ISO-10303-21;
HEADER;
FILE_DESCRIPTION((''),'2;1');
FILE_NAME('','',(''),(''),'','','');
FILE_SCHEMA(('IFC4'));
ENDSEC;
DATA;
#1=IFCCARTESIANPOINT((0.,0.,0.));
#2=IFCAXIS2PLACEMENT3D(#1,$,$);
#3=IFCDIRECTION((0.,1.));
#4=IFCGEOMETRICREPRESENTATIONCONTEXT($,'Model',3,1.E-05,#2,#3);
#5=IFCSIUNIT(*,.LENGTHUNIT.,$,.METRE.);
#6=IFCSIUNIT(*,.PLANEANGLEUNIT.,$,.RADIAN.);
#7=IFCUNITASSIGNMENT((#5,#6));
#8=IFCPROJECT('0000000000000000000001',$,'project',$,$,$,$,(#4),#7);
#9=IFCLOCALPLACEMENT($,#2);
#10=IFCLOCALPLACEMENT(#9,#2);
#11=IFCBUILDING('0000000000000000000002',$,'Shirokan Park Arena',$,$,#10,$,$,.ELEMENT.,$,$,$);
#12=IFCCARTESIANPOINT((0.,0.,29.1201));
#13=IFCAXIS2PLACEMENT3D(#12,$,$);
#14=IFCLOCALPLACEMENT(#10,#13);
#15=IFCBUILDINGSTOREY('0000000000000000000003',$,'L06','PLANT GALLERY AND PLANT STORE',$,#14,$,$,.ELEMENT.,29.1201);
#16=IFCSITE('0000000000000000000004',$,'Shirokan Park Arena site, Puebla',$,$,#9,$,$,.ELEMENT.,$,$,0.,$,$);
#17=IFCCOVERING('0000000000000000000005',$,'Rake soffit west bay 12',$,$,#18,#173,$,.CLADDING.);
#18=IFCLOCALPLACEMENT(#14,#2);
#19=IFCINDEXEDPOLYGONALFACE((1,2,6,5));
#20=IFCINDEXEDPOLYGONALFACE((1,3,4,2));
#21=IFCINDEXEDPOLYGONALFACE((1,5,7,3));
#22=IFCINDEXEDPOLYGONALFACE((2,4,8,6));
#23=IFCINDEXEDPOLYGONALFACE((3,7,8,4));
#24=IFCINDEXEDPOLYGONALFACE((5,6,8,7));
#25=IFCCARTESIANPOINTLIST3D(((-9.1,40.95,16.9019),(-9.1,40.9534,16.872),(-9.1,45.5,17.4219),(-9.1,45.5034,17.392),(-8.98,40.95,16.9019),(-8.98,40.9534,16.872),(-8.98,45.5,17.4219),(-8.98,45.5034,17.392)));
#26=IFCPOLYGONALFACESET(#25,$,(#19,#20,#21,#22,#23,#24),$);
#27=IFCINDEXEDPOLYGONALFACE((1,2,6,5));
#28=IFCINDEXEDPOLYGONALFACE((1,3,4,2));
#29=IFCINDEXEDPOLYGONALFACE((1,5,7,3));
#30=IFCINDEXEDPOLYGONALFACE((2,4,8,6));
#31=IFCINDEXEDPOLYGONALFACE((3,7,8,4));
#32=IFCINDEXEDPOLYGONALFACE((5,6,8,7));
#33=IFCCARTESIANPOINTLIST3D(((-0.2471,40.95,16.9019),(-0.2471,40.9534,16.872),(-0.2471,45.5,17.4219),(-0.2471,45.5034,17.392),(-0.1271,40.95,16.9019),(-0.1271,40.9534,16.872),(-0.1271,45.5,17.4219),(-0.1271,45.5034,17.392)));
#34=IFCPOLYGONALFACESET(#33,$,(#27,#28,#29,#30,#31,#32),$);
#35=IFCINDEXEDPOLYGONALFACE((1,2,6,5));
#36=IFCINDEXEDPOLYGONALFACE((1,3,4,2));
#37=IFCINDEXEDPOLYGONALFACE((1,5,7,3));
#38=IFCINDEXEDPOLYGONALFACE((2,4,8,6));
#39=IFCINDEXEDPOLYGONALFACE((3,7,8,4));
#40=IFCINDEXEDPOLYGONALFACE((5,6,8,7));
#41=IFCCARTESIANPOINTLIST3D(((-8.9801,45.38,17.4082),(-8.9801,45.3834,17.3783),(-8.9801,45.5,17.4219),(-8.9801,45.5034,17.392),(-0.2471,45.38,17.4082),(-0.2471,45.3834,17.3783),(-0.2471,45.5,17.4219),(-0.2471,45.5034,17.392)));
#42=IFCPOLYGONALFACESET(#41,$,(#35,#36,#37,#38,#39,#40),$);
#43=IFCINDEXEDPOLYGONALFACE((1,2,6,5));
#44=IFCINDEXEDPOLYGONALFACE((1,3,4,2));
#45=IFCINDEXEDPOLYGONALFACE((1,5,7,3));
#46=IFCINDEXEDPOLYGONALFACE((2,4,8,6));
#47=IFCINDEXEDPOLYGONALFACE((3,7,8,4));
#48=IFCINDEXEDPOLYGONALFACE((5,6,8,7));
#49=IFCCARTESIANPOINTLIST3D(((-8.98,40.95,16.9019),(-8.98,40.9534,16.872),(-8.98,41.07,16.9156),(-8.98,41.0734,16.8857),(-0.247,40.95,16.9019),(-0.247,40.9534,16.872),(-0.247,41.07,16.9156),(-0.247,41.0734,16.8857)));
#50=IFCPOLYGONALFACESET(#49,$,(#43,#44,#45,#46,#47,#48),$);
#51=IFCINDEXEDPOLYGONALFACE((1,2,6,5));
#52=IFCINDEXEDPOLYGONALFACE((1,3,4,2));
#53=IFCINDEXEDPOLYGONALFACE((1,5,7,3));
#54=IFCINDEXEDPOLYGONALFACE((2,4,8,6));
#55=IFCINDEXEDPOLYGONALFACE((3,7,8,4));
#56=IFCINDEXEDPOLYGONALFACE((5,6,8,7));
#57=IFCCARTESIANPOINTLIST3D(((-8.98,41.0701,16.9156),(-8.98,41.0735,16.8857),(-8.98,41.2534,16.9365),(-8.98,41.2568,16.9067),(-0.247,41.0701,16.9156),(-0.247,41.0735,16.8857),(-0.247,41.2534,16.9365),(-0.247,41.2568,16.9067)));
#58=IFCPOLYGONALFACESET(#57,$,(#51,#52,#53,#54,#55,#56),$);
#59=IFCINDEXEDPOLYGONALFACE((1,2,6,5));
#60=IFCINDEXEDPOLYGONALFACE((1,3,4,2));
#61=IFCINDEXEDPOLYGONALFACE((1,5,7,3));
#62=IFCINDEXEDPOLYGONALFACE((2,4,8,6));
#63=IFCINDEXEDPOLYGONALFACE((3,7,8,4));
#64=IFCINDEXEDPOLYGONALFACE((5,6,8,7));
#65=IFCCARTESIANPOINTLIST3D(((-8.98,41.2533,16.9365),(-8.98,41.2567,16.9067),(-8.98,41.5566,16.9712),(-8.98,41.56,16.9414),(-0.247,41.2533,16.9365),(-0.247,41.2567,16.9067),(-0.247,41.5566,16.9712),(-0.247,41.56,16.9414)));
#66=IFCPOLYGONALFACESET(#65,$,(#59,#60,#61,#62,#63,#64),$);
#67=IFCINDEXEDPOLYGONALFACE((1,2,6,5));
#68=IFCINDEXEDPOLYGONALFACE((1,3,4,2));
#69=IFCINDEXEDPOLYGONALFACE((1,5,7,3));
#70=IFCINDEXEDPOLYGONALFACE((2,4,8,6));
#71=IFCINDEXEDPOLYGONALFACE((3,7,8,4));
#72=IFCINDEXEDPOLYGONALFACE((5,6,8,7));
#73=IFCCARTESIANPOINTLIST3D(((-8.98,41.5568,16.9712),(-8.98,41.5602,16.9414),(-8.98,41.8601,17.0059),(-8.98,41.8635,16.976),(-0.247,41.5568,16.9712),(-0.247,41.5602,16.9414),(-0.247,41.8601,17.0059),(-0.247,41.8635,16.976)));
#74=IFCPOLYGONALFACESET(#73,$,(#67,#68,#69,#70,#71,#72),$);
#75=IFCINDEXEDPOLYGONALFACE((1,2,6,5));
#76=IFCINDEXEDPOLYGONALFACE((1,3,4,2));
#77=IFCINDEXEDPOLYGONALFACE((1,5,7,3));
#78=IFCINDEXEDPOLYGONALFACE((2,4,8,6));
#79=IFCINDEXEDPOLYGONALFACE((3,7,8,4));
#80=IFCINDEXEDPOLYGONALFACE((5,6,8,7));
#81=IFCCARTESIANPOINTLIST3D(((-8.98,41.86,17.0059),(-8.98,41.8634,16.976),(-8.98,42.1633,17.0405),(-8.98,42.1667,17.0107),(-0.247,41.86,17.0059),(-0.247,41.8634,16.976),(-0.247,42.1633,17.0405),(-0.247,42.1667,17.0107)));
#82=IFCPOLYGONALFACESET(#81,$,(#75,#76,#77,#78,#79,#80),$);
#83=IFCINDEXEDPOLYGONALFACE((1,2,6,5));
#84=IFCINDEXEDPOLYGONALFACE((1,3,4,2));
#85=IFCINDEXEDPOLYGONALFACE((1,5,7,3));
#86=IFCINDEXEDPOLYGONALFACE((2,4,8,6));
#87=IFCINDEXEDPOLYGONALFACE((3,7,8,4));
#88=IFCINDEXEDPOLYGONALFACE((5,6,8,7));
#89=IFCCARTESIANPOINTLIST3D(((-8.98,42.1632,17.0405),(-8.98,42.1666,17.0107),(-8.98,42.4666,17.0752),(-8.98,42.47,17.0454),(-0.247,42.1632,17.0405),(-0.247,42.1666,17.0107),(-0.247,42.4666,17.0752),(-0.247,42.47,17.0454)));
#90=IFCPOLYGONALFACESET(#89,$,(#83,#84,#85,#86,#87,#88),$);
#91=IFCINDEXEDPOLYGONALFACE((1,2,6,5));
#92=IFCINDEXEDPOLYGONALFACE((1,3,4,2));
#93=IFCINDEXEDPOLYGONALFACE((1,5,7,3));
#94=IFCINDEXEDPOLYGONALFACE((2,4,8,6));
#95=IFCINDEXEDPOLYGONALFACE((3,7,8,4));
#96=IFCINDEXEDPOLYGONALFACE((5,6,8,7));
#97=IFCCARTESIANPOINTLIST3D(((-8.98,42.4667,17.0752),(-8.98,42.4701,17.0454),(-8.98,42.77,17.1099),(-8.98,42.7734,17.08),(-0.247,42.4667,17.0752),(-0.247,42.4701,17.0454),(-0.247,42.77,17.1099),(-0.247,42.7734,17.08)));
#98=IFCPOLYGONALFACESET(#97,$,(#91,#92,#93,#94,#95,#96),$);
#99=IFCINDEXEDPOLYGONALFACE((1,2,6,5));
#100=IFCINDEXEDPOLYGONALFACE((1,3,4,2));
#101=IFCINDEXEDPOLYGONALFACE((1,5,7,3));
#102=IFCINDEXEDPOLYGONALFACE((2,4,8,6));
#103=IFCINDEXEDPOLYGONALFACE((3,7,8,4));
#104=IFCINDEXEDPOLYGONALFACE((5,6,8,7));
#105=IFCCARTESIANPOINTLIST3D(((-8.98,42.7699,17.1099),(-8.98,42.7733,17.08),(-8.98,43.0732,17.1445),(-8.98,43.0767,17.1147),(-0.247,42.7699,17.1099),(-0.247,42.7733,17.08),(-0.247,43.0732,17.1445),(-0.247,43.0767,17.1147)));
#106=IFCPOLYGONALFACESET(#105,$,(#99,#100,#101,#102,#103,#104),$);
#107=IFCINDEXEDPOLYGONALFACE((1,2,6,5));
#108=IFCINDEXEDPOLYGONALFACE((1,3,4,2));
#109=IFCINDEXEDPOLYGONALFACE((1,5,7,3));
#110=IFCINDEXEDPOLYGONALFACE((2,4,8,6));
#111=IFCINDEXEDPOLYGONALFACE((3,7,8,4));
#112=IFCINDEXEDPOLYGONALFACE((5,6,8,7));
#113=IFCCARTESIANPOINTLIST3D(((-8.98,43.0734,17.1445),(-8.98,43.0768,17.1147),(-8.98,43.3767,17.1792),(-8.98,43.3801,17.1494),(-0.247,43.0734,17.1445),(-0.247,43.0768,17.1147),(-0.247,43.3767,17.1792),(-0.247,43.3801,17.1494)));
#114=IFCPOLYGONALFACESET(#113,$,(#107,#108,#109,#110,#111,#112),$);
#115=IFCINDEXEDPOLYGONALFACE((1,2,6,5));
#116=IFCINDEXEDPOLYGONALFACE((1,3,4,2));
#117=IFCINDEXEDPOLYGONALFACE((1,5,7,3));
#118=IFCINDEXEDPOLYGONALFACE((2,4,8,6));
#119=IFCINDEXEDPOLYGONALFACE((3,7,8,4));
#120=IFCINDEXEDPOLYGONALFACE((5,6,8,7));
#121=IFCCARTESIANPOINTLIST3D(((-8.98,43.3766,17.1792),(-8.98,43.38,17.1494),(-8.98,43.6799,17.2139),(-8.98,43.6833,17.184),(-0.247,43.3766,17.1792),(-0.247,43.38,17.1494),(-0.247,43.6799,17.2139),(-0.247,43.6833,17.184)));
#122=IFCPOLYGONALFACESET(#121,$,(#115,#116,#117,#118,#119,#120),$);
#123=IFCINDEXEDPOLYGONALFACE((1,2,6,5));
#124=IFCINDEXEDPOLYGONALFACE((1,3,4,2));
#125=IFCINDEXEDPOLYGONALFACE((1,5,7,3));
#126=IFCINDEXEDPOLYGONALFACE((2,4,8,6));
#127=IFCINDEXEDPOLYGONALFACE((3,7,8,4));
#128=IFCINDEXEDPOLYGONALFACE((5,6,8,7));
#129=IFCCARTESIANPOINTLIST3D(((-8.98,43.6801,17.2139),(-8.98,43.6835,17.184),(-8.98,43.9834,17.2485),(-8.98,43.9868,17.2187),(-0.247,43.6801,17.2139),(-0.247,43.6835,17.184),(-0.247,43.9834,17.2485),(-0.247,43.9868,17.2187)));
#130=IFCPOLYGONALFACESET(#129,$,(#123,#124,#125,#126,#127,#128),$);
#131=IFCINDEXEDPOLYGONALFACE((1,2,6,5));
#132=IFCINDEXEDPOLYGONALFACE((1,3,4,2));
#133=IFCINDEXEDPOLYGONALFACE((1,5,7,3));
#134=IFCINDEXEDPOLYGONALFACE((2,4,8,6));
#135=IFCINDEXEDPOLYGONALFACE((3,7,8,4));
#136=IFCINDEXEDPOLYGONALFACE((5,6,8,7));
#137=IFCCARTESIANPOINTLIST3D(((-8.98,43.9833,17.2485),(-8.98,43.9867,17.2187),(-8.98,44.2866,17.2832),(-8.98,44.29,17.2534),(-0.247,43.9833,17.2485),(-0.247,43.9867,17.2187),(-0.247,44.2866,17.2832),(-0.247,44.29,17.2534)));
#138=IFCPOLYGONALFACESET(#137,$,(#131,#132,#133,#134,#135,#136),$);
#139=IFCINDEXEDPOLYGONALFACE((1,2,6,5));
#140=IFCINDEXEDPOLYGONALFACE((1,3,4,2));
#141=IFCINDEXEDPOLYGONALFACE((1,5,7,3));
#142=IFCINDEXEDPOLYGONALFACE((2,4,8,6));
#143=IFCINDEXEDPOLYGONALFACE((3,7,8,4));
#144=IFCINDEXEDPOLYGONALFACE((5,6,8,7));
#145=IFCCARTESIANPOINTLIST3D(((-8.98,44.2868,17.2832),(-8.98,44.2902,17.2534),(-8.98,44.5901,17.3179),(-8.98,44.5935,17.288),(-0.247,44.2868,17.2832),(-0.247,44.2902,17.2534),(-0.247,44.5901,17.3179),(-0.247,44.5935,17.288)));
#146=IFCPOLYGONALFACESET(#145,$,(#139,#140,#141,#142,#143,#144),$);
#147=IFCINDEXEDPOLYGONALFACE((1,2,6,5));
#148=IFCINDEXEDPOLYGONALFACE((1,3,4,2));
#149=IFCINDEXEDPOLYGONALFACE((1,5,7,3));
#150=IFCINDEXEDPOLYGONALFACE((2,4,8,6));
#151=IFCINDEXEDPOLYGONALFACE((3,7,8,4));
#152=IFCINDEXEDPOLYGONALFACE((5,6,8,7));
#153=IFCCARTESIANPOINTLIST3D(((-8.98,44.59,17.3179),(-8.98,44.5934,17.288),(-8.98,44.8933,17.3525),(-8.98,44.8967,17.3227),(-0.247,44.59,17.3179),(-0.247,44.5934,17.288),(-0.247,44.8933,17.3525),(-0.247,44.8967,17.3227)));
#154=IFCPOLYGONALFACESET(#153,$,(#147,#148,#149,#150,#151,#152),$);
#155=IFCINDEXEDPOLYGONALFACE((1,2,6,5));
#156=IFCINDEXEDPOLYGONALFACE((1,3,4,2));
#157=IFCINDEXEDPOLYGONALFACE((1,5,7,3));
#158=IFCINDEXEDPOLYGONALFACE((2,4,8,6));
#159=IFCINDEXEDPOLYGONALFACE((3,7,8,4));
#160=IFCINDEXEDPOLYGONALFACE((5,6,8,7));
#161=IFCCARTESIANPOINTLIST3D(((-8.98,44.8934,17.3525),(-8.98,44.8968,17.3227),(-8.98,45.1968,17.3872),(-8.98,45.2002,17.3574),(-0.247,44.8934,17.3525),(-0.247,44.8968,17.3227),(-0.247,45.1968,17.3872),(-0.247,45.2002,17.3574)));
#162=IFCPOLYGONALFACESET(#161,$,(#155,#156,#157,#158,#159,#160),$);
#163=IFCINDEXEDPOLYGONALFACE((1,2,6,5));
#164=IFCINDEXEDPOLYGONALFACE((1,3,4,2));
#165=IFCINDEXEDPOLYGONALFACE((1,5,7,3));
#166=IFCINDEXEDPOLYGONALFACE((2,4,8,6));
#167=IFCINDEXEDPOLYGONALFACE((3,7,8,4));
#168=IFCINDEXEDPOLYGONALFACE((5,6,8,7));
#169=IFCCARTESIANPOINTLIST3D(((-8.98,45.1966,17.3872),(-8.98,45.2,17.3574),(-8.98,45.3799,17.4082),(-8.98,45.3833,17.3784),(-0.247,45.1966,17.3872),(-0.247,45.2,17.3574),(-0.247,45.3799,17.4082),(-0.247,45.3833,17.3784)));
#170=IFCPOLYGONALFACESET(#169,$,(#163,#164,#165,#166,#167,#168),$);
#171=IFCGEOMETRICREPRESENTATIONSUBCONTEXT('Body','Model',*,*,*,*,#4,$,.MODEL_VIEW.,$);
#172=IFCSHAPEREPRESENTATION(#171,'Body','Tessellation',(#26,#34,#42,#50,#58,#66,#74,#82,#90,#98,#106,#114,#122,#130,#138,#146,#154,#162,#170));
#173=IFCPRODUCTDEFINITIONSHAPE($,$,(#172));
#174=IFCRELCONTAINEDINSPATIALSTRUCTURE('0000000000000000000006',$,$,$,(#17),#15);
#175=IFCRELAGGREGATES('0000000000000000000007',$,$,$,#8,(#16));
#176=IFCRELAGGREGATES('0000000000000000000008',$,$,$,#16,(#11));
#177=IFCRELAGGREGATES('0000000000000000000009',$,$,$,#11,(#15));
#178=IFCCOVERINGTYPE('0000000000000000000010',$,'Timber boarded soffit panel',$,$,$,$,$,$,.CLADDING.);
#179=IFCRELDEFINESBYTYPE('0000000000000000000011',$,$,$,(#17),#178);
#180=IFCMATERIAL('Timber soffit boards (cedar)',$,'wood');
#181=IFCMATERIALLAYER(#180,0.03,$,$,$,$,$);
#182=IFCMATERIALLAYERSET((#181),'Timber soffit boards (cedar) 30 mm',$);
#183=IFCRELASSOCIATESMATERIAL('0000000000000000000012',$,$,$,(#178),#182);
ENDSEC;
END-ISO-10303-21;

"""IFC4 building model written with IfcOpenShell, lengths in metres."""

from ifc_helpers import new_model, si_unit, direction, frame, origin, place, context, subcontext, project, spatial, polyline, outline, extrude, material, layer, layer_set, type_object, element, save


model = new_model("IFC4")

# Units and contexts
model_context = context("Model", 3, precision=1e-05, world=origin(), true_north=direction((0.0, 1.0)))
body_context = subcontext(model_context, "Body", "Model", "MODEL_VIEW")
ifc_project = project(units=[si_unit("LENGTHUNIT", "METRE"), si_unit("PLANEANGLEUNIT", "RADIAN")], contexts=[model_context])

# Site, building, storey
site_placement = place(None, origin())
site = spatial("IfcSite", under=ifc_project, at=site_placement, Name="Shirokan Park Arena site, Puebla", CompositionType="ELEMENT", RefElevation=0.0)
building_placement = place(site_placement, origin())
building = spatial("IfcBuilding", under=site, at=building_placement, Name="Shirokan Park Arena", CompositionType="ELEMENT")
storey_placement = place(building_placement, frame((0.0, 0.0, 29.1201)))
storey = spatial("IfcBuildingStorey", under=building, at=storey_placement, Name="L06", Description="PLANT GALLERY AND PLANT STORE", CompositionType="ELEMENT", Elevation=29.1201)

# Covering
ifc_material = material(Name="Timber soffit boards (cedar)", Category="wood")
ifc_layer = layer(ifc_material, 0.03)
ifc_layer_set = layer_set([ifc_layer], Name="Timber soffit boards (cedar) 30 mm")
covering_type = type_object("IfcCoveringType", Name="Timber boarded soffit panel", PredefinedType="CLADDING", material=ifc_layer_set)
covering_1_placement = place(storey_placement, origin())
element("IfcCovering", 1, at=covering_1_placement, inside=storey, type_object=covering_type, Name="Rake soffit west bay 12", PredefinedType="CLADDING", context=body_context, shape_type="SweptSolid", body=[
    extrude(outline(polyline([(0.0, 0.0), (0.12, 0.0), (0.12, -4.5796), (0.0, -4.5796), (0.0, 0.0)])), frame((-8.98, 40.95, 16.9019), z_axis=(0.0, -0.113547, 0.993533), x_axis=(-1.0, 0.0, 0.0)), (0.0, 0.0, -1.0), 0.03),
    extrude(outline(polyline([(0.0, 0.0), (0.12, 0.0), (0.12, -4.5796), (0.0, -4.5796), (0.0, 0.0)])), frame((-0.2471, 45.5, 17.4219), z_axis=(0.0, -0.113547, 0.993533), x_axis=(1.0, 0.0, 0.0)), (0.0, 0.0, -1.0), 0.03),
    extrude(outline(polyline([(0.0, 0.0), (0.1208, 0.0), (0.1208, -8.733), (0.0, -8.733), (0.0, 0.0)])), frame((-0.2471, 45.5, 17.4219), z_axis=(0.0, -0.113512, 0.993537), x_axis=(0.0, -0.993537, -0.113512)), (0.0, 0.0, -1.0), 0.03),
    extrude(outline(polyline([(0.0, 0.0), (0.1208, 0.0), (0.1208, -8.733), (0.0, -8.733), (0.0, 0.0)])), frame((-8.98, 40.95, 16.9019), z_axis=(0.0, -0.113512, 0.993537), x_axis=(0.0, 0.993537, 0.113512)), (0.0, 0.0, -1.0), 0.03),
    extrude(outline(polyline([(0.0, 0.0), (8.733, 0.0), (8.733, -0.1845), (0.0, -0.1845), (0.0, 0.0)])), frame((-8.98, 41.2534, 16.9365), z_axis=(0.0, -0.113589, 0.993528), x_axis=(1.0, 0.0, 0.0)), (0.0, 0.0, -1.0), 0.03),
    extrude(outline(polyline([(0.0, 0.0), (8.733, 0.0), (8.733, -0.3053), (0.0, -0.3053), (0.0, 0.0)])), frame((-8.98, 41.5566, 16.9712), z_axis=(0.0, -0.113523, 0.993535), x_axis=(1.0, 0.0, 0.0)), (0.0, 0.0, -1.0), 0.03),
    extrude(outline(polyline([(0.0, 0.0), (8.733, 0.0), (8.733, -0.3053), (0.0, -0.3053), (0.0, 0.0)])), frame((-8.98, 41.8601, 17.0059), z_axis=(0.0, -0.113559, 0.993531), x_axis=(1.0, 0.0, 0.0)), (0.0, 0.0, -1.0), 0.03),
    extrude(outline(polyline([(0.0, 0.0), (8.733, 0.0), (8.733, -0.3053), (0.0, -0.3053), (0.0, 0.0)])), frame((-8.98, 42.1633, 17.0405), z_axis=(0.0, -0.113559, 0.993531), x_axis=(1.0, 0.0, 0.0)), (0.0, 0.0, -1.0), 0.03),
    extrude(outline(polyline([(0.0, 0.0), (8.733, 0.0), (8.733, -0.3053), (0.0, -0.3053), (0.0, 0.0)])), frame((-8.98, 42.4666, 17.0752), z_axis=(0.0, -0.113523, 0.993535), x_axis=(1.0, 0.0, 0.0)), (0.0, 0.0, -1.0), 0.03),
    extrude(outline(polyline([(0.0, 0.0), (8.733, 0.0), (8.733, -0.3053), (0.0, -0.3053), (0.0, 0.0)])), frame((-8.98, 42.77, 17.1099), z_axis=(0.0, -0.113559, 0.993531), x_axis=(1.0, 0.0, 0.0)), (0.0, 0.0, -1.0), 0.03),
    extrude(outline(polyline([(0.0, 0.0), (8.733, 0.0), (8.733, -0.3053), (0.0, -0.3053), (0.0, 0.0)])), frame((-8.98, 43.0732, 17.1445), z_axis=(0.0, -0.113559, 0.993531), x_axis=(1.0, 0.0, 0.0)), (0.0, 0.0, -1.0), 0.03),
    extrude(outline(polyline([(0.0, 0.0), (8.733, 0.0), (8.733, -0.3053), (0.0, -0.3053), (0.0, 0.0)])), frame((-8.98, 43.3767, 17.1792), z_axis=(0.0, -0.113523, 0.993535), x_axis=(1.0, 0.0, 0.0)), (0.0, 0.0, -1.0), 0.03),
    extrude(outline(polyline([(0.0, 0.0), (8.733, 0.0), (8.733, -0.3053), (0.0, -0.3053), (0.0, 0.0)])), frame((-8.98, 43.6799, 17.2139), z_axis=(0.0, -0.113559, 0.993531), x_axis=(1.0, 0.0, 0.0)), (0.0, 0.0, -1.0), 0.03),
    extrude(outline(polyline([(0.0, 0.0), (8.733, 0.0), (8.733, -0.3053), (0.0, -0.3053), (0.0, 0.0)])), frame((-8.98, 43.9834, 17.2485), z_axis=(0.0, -0.113559, 0.993531), x_axis=(1.0, 0.0, 0.0)), (0.0, 0.0, -1.0), 0.03),
    extrude(outline(polyline([(0.0, 0.0), (8.733, 0.0), (8.733, -0.3053), (0.0, -0.3053), (0.0, 0.0)])), frame((-8.98, 44.2866, 17.2832), z_axis=(0.0, -0.113523, 0.993535), x_axis=(1.0, 0.0, 0.0)), (0.0, 0.0, -1.0), 0.03),
    extrude(outline(polyline([(0.0, 0.0), (8.733, 0.0), (8.733, -0.3053), (0.0, -0.3053), (0.0, 0.0)])), frame((-8.98, 44.5901, 17.3179), z_axis=(0.0, -0.113559, 0.993531), x_axis=(1.0, 0.0, 0.0)), (0.0, 0.0, -1.0), 0.03),
    extrude(outline(polyline([(0.0, 0.0), (8.733, 0.0), (8.733, -0.3053), (0.0, -0.3053), (0.0, 0.0)])), frame((-8.98, 44.8933, 17.3525), z_axis=(0.0, -0.113559, 0.993531), x_axis=(1.0, 0.0, 0.0)), (0.0, 0.0, -1.0), 0.03),
    extrude(outline(polyline([(0.0, 0.0), (8.733, 0.0), (8.733, -0.3053), (0.0, -0.3053), (0.0, 0.0)])), frame((-8.98, 45.1968, 17.3872), z_axis=(0.0, -0.113523, 0.993535), x_axis=(1.0, 0.0, 0.0)), (0.0, 0.0, -1.0), 0.03),
    extrude(outline(polyline([(0.0, 0.0), (8.733, 0.0), (8.733, -0.1845), (0.0, -0.1845), (0.0, 0.0)])), frame((-8.98, 45.3799, 17.4082), z_axis=(0.0, -0.113589, 0.993528), x_axis=(1.0, 0.0, 0.0)), (0.0, 0.0, -1.0), 0.03),
])

save(model, "model.ifc")
